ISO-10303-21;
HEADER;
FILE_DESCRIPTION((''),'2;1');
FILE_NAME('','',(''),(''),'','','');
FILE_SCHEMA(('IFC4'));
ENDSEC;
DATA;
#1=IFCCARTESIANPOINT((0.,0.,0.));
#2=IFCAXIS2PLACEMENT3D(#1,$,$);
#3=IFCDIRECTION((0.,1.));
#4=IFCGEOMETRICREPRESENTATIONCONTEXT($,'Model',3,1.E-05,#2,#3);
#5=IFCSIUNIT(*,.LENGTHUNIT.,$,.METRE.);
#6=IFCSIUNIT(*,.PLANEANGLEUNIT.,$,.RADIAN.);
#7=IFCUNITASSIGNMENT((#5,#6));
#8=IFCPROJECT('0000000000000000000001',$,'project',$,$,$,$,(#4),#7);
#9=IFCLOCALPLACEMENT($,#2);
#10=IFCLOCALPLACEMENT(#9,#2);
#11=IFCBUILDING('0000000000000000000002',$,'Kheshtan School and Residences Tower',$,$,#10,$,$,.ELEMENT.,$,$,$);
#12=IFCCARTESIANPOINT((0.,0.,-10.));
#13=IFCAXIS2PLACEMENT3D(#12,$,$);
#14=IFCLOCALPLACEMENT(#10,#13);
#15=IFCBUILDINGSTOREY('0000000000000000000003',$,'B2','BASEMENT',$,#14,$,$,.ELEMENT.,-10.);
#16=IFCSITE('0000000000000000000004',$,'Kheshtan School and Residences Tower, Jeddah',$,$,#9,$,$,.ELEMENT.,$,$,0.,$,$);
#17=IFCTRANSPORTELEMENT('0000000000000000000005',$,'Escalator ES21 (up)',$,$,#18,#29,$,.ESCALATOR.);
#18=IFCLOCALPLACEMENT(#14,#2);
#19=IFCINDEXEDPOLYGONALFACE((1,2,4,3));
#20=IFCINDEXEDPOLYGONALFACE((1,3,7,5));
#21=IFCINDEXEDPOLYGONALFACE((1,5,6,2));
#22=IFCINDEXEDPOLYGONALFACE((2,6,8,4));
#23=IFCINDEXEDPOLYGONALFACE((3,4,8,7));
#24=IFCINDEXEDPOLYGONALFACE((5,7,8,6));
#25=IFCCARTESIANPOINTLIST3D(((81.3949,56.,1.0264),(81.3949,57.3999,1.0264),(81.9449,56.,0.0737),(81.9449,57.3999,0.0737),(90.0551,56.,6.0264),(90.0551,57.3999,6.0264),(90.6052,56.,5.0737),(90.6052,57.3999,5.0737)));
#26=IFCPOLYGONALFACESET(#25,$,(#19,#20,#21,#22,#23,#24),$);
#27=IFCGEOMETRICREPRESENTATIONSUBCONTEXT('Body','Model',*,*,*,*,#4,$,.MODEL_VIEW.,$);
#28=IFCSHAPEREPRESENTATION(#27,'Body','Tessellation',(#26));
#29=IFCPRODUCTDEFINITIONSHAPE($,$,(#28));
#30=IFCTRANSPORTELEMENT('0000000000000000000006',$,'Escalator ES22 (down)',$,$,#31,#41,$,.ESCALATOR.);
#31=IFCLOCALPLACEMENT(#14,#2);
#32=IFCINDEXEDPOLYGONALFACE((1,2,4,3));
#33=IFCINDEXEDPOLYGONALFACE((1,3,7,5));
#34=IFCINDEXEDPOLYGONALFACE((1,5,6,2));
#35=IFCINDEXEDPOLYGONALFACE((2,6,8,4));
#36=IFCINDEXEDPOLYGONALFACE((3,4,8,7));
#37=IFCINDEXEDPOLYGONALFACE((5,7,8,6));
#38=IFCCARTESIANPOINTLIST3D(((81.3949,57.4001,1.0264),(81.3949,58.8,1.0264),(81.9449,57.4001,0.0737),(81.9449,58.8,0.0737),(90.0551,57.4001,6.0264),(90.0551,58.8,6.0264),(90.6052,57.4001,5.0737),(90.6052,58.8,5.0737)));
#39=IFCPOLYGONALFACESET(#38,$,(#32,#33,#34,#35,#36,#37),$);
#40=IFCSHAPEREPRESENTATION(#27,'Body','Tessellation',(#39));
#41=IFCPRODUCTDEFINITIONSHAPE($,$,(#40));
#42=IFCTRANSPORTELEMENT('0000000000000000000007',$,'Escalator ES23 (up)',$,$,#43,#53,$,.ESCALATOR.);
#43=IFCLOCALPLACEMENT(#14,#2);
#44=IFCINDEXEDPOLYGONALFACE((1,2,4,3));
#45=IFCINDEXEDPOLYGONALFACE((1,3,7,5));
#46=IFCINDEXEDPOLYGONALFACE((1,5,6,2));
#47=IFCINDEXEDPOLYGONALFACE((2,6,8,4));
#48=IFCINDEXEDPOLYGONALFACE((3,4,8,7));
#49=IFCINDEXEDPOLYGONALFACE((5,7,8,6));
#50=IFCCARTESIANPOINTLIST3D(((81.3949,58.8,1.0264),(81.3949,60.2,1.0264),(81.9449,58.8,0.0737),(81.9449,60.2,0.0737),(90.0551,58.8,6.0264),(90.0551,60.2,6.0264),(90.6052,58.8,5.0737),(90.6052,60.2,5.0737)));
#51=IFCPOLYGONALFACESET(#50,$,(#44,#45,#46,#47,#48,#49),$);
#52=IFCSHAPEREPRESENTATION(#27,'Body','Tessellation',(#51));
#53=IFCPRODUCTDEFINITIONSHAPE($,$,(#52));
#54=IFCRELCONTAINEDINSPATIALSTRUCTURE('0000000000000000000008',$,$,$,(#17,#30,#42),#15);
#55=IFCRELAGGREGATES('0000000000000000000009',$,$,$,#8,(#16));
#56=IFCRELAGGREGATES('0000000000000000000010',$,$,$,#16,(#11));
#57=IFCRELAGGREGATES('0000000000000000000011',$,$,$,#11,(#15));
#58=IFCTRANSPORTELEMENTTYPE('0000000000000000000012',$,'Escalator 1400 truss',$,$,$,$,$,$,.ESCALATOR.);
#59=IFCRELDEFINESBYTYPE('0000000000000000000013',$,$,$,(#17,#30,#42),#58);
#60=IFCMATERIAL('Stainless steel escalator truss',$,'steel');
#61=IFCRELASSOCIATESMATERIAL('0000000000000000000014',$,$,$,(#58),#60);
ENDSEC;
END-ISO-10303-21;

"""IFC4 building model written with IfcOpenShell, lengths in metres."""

from ifc_helpers import new_model, si_unit, direction, frame, origin, origin_2d, place, context, subcontext, project, spatial, rectangle, extrude, material, material_profile, profile_set, type_object, element, save


model = new_model("IFC4")

# Units and contexts
model_context = context("Model", 3, precision=1e-05, world=origin(), true_north=direction((0.0, 1.0)))
body_context = subcontext(model_context, "Body", "Model", "MODEL_VIEW")
ifc_project = project(units=[si_unit("LENGTHUNIT", "METRE"), si_unit("PLANEANGLEUNIT", "RADIAN")], contexts=[model_context])

# Site, building, storey
site_placement = place(None, origin())
site = spatial("IfcSite", under=ifc_project, at=site_placement, Name="Kheshtan School and Residences Tower, Jeddah", CompositionType="ELEMENT", RefElevation=0.0)
building_placement = place(site_placement, origin())
building = spatial("IfcBuilding", under=site, at=building_placement, Name="Kheshtan School and Residences Tower", CompositionType="ELEMENT")
storey_placement = place(building_placement, frame((0.0, 0.0, -10.0)))
storey = spatial("IfcBuildingStorey", under=building, at=storey_placement, Name="B2", Description="BASEMENT", CompositionType="ELEMENT", Elevation=-10.0)

# Transport elements
ifc_material_1 = material(Name="Stainless steel escalator truss", Category="steel")
ifc_material_profile_1 = material_profile(ifc_material_1, rectangle(XDim=1.3999, YDim=1.1001, at=origin_2d()), Name="Escalator 1400 truss")
ifc_profile_set_1 = profile_set([ifc_material_profile_1], Name="Stainless steel escalator truss")
transport_element_type = type_object("IfcTransportElementType", Name="Escalator 1400 truss", PredefinedType="ESCALATOR", material=ifc_profile_set_1)
for number, where, z_axis, x_axis, name in (
    (1, (81.6699, 56.7, 0.55), (0.866023, 0.0, 0.500004), (0.0, 1.0, 0.0), "Escalator ES21 (up)"),
    (2, (81.6699, 58.1001, 0.55), (0.866023, 0.0, 0.500004), (0.0, 1.0, 0.0), "Escalator ES22 (down)"),
    (3, (81.6699, 59.5, 0.55), (0.866023, 0.0, 0.500004), (0.0, 1.0, 0.0), "Escalator ES23 (up)"),
):
    element("IfcTransportElement", number, at=place(storey_placement, frame(where, z_axis=z_axis, x_axis=x_axis)), inside=storey, type_object=transport_element_type, Name=name, PredefinedType="ESCALATOR", context=body_context, shape_type="SweptSolid", body=[
        extrude(rectangle(XDim=1.3999, YDim=1.1001, at=origin_2d()), origin(), (0.0, 0.0, 1.0), 10.0),
    ])

save(model, "model.ifc")
